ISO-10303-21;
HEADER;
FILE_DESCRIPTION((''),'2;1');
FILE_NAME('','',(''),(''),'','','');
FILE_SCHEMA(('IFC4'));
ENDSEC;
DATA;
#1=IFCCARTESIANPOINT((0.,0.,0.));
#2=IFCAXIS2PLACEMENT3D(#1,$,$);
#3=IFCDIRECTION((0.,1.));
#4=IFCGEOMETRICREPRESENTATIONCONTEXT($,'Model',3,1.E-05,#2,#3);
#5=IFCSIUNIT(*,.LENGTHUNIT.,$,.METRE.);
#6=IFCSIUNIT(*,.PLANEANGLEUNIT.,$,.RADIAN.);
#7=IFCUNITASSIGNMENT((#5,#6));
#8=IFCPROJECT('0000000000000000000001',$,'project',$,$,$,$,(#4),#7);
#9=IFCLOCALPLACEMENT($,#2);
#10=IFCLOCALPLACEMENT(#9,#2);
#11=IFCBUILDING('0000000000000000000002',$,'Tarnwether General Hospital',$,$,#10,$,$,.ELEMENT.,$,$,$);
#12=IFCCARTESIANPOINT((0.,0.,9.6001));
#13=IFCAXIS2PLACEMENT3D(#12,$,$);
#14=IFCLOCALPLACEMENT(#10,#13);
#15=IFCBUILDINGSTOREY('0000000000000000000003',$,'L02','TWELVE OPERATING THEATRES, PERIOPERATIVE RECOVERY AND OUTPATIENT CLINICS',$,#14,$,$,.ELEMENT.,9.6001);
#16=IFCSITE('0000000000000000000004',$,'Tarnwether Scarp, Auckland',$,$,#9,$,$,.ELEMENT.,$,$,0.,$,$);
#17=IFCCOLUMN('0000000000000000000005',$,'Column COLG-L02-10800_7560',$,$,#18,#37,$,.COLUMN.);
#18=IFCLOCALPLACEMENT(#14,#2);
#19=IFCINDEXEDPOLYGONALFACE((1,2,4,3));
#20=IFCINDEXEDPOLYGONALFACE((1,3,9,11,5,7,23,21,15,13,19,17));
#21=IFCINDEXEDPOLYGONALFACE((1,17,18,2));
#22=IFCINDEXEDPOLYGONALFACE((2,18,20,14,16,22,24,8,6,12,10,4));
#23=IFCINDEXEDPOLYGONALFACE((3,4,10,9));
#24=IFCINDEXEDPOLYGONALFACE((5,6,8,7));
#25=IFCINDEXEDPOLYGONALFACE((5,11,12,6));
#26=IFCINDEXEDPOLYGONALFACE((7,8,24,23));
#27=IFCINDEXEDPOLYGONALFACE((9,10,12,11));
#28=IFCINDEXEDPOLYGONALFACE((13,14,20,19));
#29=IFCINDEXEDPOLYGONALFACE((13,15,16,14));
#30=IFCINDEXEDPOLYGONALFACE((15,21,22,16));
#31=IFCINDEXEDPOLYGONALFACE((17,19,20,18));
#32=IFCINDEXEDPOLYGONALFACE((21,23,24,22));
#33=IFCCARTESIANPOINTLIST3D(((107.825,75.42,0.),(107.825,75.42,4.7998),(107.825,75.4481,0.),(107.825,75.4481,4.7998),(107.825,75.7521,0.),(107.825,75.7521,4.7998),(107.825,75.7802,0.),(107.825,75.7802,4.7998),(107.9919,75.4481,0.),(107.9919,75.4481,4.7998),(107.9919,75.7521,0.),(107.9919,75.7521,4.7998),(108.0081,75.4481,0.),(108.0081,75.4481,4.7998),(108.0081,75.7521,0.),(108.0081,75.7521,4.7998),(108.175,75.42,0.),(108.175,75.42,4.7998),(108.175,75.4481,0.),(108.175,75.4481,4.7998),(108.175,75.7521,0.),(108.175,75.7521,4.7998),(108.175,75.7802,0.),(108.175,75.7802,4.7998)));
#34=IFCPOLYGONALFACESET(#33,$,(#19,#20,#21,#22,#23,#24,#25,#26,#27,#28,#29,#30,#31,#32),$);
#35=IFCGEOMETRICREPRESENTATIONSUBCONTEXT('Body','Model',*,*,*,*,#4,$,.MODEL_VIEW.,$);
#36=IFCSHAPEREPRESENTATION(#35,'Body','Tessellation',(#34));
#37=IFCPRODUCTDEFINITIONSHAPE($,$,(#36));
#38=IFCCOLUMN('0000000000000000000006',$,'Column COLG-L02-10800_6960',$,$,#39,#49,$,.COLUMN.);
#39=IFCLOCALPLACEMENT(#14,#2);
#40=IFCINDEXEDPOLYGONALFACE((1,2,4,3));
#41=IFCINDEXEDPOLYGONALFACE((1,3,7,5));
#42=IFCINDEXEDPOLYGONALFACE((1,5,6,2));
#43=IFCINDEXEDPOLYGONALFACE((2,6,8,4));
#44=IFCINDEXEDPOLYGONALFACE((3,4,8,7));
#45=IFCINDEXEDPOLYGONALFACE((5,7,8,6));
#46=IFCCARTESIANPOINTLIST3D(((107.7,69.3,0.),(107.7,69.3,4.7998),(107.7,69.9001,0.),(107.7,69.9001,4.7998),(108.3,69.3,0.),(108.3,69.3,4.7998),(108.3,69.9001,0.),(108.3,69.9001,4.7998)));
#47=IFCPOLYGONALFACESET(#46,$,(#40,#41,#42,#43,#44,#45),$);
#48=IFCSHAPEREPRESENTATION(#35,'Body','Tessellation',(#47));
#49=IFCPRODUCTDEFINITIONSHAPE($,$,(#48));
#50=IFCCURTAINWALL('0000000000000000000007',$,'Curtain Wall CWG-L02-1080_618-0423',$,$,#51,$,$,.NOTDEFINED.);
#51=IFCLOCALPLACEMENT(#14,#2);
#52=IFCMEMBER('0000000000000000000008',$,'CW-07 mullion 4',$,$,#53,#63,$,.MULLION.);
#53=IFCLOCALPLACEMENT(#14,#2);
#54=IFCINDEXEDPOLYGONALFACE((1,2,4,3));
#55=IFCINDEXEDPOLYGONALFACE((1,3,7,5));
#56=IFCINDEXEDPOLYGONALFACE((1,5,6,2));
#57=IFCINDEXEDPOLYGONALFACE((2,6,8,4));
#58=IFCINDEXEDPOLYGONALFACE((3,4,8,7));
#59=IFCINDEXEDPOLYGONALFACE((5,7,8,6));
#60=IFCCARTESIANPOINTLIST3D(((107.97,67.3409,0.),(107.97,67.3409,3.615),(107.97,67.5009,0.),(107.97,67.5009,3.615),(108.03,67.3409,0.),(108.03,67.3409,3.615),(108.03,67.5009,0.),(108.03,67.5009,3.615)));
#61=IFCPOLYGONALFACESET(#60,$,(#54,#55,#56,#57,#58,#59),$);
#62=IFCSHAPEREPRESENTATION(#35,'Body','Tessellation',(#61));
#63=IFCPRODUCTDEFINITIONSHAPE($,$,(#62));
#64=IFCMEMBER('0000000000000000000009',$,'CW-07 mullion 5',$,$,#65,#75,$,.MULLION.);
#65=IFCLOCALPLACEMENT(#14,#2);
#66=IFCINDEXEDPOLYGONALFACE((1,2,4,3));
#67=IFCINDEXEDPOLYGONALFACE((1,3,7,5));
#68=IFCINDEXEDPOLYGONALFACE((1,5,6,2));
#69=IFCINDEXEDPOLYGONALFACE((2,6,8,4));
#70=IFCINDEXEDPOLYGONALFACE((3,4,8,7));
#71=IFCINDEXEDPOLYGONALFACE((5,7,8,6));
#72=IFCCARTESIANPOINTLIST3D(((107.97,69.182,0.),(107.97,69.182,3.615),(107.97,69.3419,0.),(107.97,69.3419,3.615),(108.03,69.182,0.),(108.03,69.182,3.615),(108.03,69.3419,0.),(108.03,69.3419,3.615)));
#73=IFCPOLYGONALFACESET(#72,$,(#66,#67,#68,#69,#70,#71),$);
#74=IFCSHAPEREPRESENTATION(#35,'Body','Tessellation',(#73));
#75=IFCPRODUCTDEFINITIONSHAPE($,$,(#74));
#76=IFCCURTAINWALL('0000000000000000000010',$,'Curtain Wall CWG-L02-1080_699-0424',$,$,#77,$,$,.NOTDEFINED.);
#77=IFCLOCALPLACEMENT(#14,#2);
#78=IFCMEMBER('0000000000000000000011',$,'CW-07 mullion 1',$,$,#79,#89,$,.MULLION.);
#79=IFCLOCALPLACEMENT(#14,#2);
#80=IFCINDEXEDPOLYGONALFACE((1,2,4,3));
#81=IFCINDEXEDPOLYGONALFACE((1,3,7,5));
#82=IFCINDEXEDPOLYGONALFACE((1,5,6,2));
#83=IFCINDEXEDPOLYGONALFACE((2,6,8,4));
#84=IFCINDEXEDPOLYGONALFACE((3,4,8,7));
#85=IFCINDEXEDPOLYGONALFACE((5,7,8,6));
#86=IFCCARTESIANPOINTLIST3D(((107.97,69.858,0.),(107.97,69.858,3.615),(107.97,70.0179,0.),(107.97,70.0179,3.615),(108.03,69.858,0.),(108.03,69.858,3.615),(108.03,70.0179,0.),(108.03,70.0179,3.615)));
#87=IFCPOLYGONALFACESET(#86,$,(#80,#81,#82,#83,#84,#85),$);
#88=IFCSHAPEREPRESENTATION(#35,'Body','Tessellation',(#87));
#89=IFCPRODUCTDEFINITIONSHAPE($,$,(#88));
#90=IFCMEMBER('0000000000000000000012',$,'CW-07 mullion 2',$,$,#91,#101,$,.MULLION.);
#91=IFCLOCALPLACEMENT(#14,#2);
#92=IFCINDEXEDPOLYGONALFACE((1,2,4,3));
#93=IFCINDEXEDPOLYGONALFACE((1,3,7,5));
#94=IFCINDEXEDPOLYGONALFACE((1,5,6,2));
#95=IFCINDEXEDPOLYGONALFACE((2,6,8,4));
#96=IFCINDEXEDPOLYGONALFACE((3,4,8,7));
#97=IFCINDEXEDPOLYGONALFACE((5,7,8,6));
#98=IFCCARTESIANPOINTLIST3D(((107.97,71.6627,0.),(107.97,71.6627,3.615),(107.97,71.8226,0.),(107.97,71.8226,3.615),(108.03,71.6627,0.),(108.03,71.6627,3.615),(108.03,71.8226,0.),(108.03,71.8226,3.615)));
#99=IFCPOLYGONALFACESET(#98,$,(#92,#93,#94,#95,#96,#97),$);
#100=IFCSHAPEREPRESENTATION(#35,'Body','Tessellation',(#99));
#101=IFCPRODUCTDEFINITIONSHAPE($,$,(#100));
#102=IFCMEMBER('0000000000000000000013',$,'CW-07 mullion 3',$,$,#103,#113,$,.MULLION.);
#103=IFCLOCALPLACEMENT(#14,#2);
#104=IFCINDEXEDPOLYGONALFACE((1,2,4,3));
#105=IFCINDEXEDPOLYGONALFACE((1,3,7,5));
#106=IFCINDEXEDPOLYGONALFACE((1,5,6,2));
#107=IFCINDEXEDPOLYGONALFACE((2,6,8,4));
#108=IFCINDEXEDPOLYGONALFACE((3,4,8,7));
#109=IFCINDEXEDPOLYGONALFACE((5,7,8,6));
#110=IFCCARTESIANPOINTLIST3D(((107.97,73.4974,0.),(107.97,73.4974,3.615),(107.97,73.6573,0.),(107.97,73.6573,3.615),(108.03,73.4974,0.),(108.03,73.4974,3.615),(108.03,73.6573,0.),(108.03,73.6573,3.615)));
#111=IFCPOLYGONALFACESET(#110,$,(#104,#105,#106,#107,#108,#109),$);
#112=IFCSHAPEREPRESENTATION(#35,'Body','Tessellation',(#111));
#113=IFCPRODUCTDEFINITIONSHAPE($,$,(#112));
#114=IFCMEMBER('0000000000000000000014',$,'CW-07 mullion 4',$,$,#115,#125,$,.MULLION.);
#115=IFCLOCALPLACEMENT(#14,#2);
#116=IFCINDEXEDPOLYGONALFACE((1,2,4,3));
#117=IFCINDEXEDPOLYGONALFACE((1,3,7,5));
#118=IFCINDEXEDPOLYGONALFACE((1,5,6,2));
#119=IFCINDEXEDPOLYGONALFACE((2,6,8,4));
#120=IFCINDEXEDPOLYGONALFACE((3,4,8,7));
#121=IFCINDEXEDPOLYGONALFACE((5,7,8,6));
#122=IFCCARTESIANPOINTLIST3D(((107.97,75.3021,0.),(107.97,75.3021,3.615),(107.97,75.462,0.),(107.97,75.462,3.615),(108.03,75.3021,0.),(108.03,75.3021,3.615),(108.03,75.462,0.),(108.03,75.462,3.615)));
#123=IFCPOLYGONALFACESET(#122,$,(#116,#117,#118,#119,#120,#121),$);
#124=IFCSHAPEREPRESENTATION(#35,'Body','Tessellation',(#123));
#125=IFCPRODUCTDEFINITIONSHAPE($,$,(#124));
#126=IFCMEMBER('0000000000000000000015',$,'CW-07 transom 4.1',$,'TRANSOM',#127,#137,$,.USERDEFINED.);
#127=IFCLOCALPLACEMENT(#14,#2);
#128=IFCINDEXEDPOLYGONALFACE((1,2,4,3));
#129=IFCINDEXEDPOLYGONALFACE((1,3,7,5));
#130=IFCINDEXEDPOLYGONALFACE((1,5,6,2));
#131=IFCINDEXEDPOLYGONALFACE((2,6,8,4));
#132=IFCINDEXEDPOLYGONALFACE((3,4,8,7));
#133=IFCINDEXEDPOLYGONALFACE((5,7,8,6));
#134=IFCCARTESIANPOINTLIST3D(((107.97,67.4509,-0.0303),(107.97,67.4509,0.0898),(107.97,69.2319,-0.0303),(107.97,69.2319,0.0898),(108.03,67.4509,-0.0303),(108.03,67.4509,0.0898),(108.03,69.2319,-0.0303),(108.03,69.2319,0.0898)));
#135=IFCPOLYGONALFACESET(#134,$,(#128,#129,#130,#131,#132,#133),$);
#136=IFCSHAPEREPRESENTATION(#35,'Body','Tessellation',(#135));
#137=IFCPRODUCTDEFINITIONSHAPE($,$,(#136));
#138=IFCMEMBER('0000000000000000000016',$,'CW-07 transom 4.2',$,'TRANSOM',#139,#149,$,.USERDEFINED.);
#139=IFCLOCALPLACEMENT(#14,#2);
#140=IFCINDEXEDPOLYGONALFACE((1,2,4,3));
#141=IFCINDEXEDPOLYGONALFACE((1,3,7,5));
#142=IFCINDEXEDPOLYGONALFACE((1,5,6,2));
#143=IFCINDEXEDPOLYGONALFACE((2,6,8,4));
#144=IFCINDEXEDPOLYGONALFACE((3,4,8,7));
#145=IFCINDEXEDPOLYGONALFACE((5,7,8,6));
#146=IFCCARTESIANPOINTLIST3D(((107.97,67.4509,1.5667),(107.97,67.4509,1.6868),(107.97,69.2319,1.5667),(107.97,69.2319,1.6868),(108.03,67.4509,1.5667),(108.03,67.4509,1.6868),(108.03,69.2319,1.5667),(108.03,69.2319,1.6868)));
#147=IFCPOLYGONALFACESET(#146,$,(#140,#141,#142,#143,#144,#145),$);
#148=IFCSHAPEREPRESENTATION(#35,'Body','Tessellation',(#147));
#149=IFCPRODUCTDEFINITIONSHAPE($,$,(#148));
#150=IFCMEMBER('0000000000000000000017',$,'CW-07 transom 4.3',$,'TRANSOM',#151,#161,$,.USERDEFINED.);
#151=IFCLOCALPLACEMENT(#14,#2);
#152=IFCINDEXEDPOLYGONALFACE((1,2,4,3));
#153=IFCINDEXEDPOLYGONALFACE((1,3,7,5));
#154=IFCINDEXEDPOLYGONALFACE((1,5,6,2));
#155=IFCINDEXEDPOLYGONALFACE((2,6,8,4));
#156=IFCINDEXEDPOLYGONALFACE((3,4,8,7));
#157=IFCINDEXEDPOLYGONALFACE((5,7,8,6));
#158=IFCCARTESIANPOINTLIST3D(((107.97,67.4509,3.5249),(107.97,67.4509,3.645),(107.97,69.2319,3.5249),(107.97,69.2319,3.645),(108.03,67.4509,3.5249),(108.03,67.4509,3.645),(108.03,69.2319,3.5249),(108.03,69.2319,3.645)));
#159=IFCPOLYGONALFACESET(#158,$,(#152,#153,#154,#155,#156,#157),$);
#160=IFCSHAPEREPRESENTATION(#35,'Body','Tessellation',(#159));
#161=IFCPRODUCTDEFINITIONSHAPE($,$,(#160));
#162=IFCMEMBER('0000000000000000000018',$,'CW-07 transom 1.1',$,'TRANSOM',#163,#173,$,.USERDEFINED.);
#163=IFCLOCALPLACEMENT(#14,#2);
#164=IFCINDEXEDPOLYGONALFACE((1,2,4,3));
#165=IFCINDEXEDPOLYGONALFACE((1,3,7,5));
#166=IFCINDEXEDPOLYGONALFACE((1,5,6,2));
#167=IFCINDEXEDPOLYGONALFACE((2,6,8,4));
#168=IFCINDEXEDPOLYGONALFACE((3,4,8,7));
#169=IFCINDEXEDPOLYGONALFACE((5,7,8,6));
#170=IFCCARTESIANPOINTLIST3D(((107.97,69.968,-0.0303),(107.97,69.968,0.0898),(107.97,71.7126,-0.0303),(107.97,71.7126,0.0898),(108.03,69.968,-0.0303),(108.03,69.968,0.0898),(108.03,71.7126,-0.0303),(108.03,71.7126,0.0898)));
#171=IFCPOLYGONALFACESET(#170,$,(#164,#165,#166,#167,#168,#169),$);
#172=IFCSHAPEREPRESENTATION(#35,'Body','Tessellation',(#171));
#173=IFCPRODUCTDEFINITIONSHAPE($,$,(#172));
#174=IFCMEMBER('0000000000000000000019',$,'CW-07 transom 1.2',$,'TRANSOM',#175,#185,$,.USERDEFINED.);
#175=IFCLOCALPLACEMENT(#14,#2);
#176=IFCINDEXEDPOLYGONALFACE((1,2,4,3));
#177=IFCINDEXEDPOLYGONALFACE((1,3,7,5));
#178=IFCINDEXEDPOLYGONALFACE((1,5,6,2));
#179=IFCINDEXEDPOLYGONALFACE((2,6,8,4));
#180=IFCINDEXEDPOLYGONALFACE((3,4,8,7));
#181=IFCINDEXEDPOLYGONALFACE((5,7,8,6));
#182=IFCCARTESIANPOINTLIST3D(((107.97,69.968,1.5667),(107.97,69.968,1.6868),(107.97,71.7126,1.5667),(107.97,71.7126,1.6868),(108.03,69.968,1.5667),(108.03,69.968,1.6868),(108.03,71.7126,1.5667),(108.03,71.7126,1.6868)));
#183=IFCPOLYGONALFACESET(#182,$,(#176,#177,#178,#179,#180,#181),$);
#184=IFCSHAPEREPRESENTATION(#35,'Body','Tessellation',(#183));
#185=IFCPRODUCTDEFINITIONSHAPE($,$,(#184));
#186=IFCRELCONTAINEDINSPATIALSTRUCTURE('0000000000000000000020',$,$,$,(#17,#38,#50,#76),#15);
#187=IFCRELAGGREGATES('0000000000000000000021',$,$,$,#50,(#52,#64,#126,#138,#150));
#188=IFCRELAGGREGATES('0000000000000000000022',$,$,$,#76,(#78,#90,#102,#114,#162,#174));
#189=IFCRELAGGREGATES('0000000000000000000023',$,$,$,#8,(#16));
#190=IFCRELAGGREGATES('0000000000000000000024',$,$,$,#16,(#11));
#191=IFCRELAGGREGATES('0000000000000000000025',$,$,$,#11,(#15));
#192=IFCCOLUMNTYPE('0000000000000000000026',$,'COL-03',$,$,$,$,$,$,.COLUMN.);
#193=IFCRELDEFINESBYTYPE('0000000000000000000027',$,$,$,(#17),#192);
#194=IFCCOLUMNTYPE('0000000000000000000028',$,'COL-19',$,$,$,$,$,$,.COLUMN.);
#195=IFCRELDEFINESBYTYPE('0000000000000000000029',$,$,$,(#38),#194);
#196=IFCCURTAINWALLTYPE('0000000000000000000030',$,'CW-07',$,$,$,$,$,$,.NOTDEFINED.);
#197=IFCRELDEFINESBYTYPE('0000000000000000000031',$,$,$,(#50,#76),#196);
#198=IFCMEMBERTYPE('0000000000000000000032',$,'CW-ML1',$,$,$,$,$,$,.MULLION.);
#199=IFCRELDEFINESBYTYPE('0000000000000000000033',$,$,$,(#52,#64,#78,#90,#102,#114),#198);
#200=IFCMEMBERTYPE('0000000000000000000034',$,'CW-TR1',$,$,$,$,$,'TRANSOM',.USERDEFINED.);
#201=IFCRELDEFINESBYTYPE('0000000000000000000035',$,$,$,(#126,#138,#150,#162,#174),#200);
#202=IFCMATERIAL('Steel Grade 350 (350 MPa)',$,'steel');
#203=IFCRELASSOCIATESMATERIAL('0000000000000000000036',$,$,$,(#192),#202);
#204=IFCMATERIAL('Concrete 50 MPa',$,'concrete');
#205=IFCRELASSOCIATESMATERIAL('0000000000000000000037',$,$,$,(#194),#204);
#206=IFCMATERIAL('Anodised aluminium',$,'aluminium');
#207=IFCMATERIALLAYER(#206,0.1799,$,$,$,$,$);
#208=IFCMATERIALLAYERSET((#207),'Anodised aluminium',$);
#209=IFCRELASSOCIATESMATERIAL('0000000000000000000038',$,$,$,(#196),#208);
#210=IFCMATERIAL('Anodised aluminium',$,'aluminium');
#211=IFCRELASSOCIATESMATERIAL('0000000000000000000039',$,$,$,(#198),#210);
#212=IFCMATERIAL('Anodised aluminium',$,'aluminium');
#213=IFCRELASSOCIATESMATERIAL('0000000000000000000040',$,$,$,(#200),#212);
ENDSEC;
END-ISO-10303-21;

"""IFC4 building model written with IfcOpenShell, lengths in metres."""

from ifc_helpers import new_model, si_unit, direction, frame, origin, origin_2d, place, context, subcontext, project, spatial, rectangle, i_section, extrude, material, layer, layer_set, material_profile, profile_set, type_object, element, aggregate, save


model = new_model("IFC4")

# Units and contexts
model_context = context("Model", 3, precision=1e-05, world=origin(), true_north=direction((0.0, 1.0)))
body_context = subcontext(model_context, "Body", "Model", "MODEL_VIEW")
ifc_project = project(units=[si_unit("LENGTHUNIT", "METRE"), si_unit("PLANEANGLEUNIT", "RADIAN")], contexts=[model_context])

# Site, building, storey
site_placement = place(None, origin())
site = spatial("IfcSite", under=ifc_project, at=site_placement, Name="Tarnwether Scarp, Auckland", CompositionType="ELEMENT", RefElevation=0.0)
building_placement = place(site_placement, origin())
building = spatial("IfcBuilding", under=site, at=building_placement, Name="Tarnwether General Hospital", CompositionType="ELEMENT")
storey_placement = place(building_placement, frame((0.0, 0.0, 9.6001)))
storey = spatial("IfcBuildingStorey", under=building, at=storey_placement, Name="L02", Description="TWELVE OPERATING THEATRES, PERIOPERATIVE RECOVERY AND OUTPATIENT CLINICS", CompositionType="ELEMENT", Elevation=9.6001)

# Columns
ifc_material_1 = material(Name="Steel Grade 350 (350 MPa)", Category="steel")
ifc_material_profile_1 = material_profile(ifc_material_1, i_section(OverallWidth=0.3501, OverallDepth=0.3601, WebThickness=0.0161, FlangeThickness=0.0281, at=origin_2d()), Name="350WC230")
ifc_profile_set_1 = profile_set([ifc_material_profile_1], Name="Steel Grade 350 (350 MPa)")
column_type_1 = type_object("IfcColumnType", Name="COL-03", PredefinedType="COLUMN", material=ifc_profile_set_1)
column_1_placement = place(storey_placement, frame((108.0, 75.6001, 0.0), z_axis=(0.0, 0.0, 1.0), x_axis=(1.0, 0.0, 0.0)))
element("IfcColumn", 1, at=column_1_placement, inside=storey, type_object=column_type_1, Name="Column COLG-L02-10800_7560", PredefinedType="COLUMN", context=body_context, shape_type="SweptSolid", body=[
    extrude(i_section(OverallWidth=0.3501, OverallDepth=0.3601, WebThickness=0.0161, FlangeThickness=0.0281, at=origin_2d()), origin(), (0.0, 0.0, 1.0), 4.7998),
])
ifc_material_2 = material(Name="Concrete 50 MPa", Category="concrete")
ifc_material_profile_2 = material_profile(ifc_material_2, rectangle(XDim=0.6001, YDim=0.6001, at=origin_2d()), Name="RC-COL-600x600")
ifc_profile_set_2 = profile_set([ifc_material_profile_2], Name="Concrete 50 MPa")
column_type_2 = type_object("IfcColumnType", Name="COL-19", PredefinedType="COLUMN", material=ifc_profile_set_2)
column_2_placement = place(storey_placement, frame((108.0, 69.6001, 0.0), z_axis=(0.0, 0.0, 1.0), x_axis=(0.0, 1.0, 0.0)))
element("IfcColumn", 2, at=column_2_placement, inside=storey, type_object=column_type_2, Name="Column COLG-L02-10800_6960", PredefinedType="COLUMN", context=body_context, shape_type="SweptSolid", body=[
    extrude(rectangle(XDim=0.6001, YDim=0.6001, at=origin_2d()), origin(), (0.0, 0.0, 1.0), 4.7998),
])

# Curtain walls, members
ifc_material_3 = material(Name="Anodised aluminium", Category="aluminium")
ifc_layer_1 = layer(ifc_material_3, 0.1799)
ifc_layer_set_1 = layer_set([ifc_layer_1], Name="Anodised aluminium")
curtain_wall_type = type_object("IfcCurtainWallType", Name="CW-07", PredefinedType="NOTDEFINED", material=ifc_layer_set_1)
curtain_wall_1_placement = place(storey_placement, origin())
curtain_wall_1 = element("IfcCurtainWall", 3, at=curtain_wall_1_placement, inside=storey, type_object=curtain_wall_type, Name="Curtain Wall CWG-L02-1080_618-0423", PredefinedType="NOTDEFINED")
ifc_material_4 = material(Name="Anodised aluminium", Category="aluminium")
ifc_material_profile_3 = material_profile(ifc_material_4, rectangle(XDim=0.0601, YDim=0.1599, at=origin_2d()), Name="ALU-MUL-60x160")
ifc_profile_set_3 = profile_set([ifc_material_profile_3], Name="Anodised aluminium")
member_type_1 = type_object("IfcMemberType", Name="CW-ML1", PredefinedType="MULLION", material=ifc_profile_set_3)
member_1_placement = place(storey_placement, frame((108.0, 67.4209, 0.0), z_axis=(0.0, 0.0, 1.0), x_axis=(-1.0, 0.0, 0.0)))
member_1 = element("IfcMember", 4, at=member_1_placement, type_object=member_type_1, Name="CW-07 mullion 4", PredefinedType="MULLION", context=body_context, shape_type="SweptSolid", body=[
    extrude(rectangle(XDim=0.0601, YDim=0.1599, at=origin_2d()), origin(), (0.0, 0.0, 1.0), 3.615),
])
member_2_placement = place(storey_placement, frame((108.0, 69.262, 0.0), z_axis=(0.0, 0.0, 1.0), x_axis=(-1.0, 0.0, 0.0)))
member_2 = element("IfcMember", 5, at=member_2_placement, type_object=member_type_1, Name="CW-07 mullion 5", PredefinedType="MULLION", context=body_context, shape_type="SweptSolid", body=[
    extrude(rectangle(XDim=0.0601, YDim=0.1599, at=origin_2d()), origin(), (0.0, 0.0, 1.0), 3.615),
])
curtain_wall_2_placement = place(storey_placement, origin())
curtain_wall_2 = element("IfcCurtainWall", 6, at=curtain_wall_2_placement, inside=storey, type_object=curtain_wall_type, Name="Curtain Wall CWG-L02-1080_699-0424", PredefinedType="NOTDEFINED")
member_3_placement = place(storey_placement, frame((108.0, 69.938, 0.0), z_axis=(0.0, 0.0, 1.0), x_axis=(-1.0, 0.0, 0.0)))
member_3 = element("IfcMember", 7, at=member_3_placement, type_object=member_type_1, Name="CW-07 mullion 1", PredefinedType="MULLION", context=body_context, shape_type="SweptSolid", body=[
    extrude(rectangle(XDim=0.0601, YDim=0.1599, at=origin_2d()), origin(), (0.0, 0.0, 1.0), 3.615),
])
member_4_placement = place(storey_placement, frame((108.0, 71.7427, 0.0), z_axis=(0.0, 0.0, 1.0), x_axis=(-1.0, 0.0, 0.0)))
member_4 = element("IfcMember", 8, at=member_4_placement, type_object=member_type_1, Name="CW-07 mullion 2", PredefinedType="MULLION", context=body_context, shape_type="SweptSolid", body=[
    extrude(rectangle(XDim=0.0601, YDim=0.1599, at=origin_2d()), origin(), (0.0, 0.0, 1.0), 3.615),
])
member_5_placement = place(storey_placement, frame((108.0, 73.5774, 0.0), z_axis=(0.0, 0.0, 1.0), x_axis=(-1.0, 0.0, 0.0)))
member_5 = element("IfcMember", 9, at=member_5_placement, type_object=member_type_1, Name="CW-07 mullion 3", PredefinedType="MULLION", context=body_context, shape_type="SweptSolid", body=[
    extrude(rectangle(XDim=0.0601, YDim=0.1599, at=origin_2d()), origin(), (0.0, 0.0, 1.0), 3.615),
])
member_6_placement = place(storey_placement, frame((108.0, 75.3821, 0.0), z_axis=(0.0, 0.0, 1.0), x_axis=(-1.0, 0.0, 0.0)))
member_6 = element("IfcMember", 10, at=member_6_placement, type_object=member_type_1, Name="CW-07 mullion 4", PredefinedType="MULLION", context=body_context, shape_type="SweptSolid", body=[
    extrude(rectangle(XDim=0.0601, YDim=0.1599, at=origin_2d()), origin(), (0.0, 0.0, 1.0), 3.615),
])

# Members
ifc_material_5 = material(Name="Anodised aluminium", Category="aluminium")
ifc_material_profile_4 = material_profile(ifc_material_5, rectangle(XDim=0.0601, YDim=0.1201, at=origin_2d()), Name="ALU-TRN-60x120")
ifc_profile_set_4 = profile_set([ifc_material_profile_4], Name="Anodised aluminium")
member_type_2 = type_object("IfcMemberType", Name="CW-TR1", ElementType="TRANSOM", PredefinedType="USERDEFINED", material=ifc_profile_set_4)
member_7_placement = place(storey_placement, frame((108.0, 67.4509, 0.0298), z_axis=(0.0, 1.0, 0.0), x_axis=(-1.0, 0.0, 0.0)))
member_7 = element("IfcMember", 11, at=member_7_placement, type_object=member_type_2, Name="CW-07 transom 4.1", ObjectType="TRANSOM", PredefinedType="USERDEFINED", context=body_context, shape_type="SweptSolid", body=[
    extrude(rectangle(XDim=0.0601, YDim=0.1201, at=origin_2d()), origin(), (0.0, 0.0, 1.0), 1.781),
])
member_8_placement = place(storey_placement, frame((108.0, 67.4509, 1.6267), z_axis=(0.0, 1.0, 0.0), x_axis=(-1.0, 0.0, 0.0)))
member_8 = element("IfcMember", 12, at=member_8_placement, type_object=member_type_2, Name="CW-07 transom 4.2", ObjectType="TRANSOM", PredefinedType="USERDEFINED", context=body_context, shape_type="SweptSolid", body=[
    extrude(rectangle(XDim=0.0601, YDim=0.1201, at=origin_2d()), origin(), (0.0, 0.0, 1.0), 1.781),
])
member_9_placement = place(storey_placement, frame((108.0, 67.4509, 3.585), z_axis=(0.0, 1.0, 0.0), x_axis=(-1.0, 0.0, 0.0)))
member_9 = element("IfcMember", 13, at=member_9_placement, type_object=member_type_2, Name="CW-07 transom 4.3", ObjectType="TRANSOM", PredefinedType="USERDEFINED", context=body_context, shape_type="SweptSolid", body=[
    extrude(rectangle(XDim=0.0601, YDim=0.1201, at=origin_2d()), origin(), (0.0, 0.0, 1.0), 1.781),
])
member_10_placement = place(storey_placement, frame((108.0, 69.968, 0.0298), z_axis=(0.0, 1.0, 0.0), x_axis=(-1.0, 0.0, 0.0)))
member_10 = element("IfcMember", 14, at=member_10_placement, type_object=member_type_2, Name="CW-07 transom 1.1", ObjectType="TRANSOM", PredefinedType="USERDEFINED", context=body_context, shape_type="SweptSolid", body=[
    extrude(rectangle(XDim=0.0601, YDim=0.1201, at=origin_2d()), origin(), (0.0, 0.0, 1.0), 1.7446),
])
member_11_placement = place(storey_placement, frame((108.0, 69.968, 1.6267), z_axis=(0.0, 1.0, 0.0), x_axis=(-1.0, 0.0, 0.0)))
member_11 = element("IfcMember", 15, at=member_11_placement, type_object=member_type_2, Name="CW-07 transom 1.2", ObjectType="TRANSOM", PredefinedType="USERDEFINED", context=body_context, shape_type="SweptSolid", body=[
    extrude(rectangle(XDim=0.0601, YDim=0.1201, at=origin_2d()), origin(), (0.0, 0.0, 1.0), 1.7446),
])

aggregate(curtain_wall_1, [member_1, member_2, member_7, member_8, member_9])
aggregate(curtain_wall_2, [member_3, member_4, member_5, member_6, member_10, member_11])

save(model, "model.ifc")
